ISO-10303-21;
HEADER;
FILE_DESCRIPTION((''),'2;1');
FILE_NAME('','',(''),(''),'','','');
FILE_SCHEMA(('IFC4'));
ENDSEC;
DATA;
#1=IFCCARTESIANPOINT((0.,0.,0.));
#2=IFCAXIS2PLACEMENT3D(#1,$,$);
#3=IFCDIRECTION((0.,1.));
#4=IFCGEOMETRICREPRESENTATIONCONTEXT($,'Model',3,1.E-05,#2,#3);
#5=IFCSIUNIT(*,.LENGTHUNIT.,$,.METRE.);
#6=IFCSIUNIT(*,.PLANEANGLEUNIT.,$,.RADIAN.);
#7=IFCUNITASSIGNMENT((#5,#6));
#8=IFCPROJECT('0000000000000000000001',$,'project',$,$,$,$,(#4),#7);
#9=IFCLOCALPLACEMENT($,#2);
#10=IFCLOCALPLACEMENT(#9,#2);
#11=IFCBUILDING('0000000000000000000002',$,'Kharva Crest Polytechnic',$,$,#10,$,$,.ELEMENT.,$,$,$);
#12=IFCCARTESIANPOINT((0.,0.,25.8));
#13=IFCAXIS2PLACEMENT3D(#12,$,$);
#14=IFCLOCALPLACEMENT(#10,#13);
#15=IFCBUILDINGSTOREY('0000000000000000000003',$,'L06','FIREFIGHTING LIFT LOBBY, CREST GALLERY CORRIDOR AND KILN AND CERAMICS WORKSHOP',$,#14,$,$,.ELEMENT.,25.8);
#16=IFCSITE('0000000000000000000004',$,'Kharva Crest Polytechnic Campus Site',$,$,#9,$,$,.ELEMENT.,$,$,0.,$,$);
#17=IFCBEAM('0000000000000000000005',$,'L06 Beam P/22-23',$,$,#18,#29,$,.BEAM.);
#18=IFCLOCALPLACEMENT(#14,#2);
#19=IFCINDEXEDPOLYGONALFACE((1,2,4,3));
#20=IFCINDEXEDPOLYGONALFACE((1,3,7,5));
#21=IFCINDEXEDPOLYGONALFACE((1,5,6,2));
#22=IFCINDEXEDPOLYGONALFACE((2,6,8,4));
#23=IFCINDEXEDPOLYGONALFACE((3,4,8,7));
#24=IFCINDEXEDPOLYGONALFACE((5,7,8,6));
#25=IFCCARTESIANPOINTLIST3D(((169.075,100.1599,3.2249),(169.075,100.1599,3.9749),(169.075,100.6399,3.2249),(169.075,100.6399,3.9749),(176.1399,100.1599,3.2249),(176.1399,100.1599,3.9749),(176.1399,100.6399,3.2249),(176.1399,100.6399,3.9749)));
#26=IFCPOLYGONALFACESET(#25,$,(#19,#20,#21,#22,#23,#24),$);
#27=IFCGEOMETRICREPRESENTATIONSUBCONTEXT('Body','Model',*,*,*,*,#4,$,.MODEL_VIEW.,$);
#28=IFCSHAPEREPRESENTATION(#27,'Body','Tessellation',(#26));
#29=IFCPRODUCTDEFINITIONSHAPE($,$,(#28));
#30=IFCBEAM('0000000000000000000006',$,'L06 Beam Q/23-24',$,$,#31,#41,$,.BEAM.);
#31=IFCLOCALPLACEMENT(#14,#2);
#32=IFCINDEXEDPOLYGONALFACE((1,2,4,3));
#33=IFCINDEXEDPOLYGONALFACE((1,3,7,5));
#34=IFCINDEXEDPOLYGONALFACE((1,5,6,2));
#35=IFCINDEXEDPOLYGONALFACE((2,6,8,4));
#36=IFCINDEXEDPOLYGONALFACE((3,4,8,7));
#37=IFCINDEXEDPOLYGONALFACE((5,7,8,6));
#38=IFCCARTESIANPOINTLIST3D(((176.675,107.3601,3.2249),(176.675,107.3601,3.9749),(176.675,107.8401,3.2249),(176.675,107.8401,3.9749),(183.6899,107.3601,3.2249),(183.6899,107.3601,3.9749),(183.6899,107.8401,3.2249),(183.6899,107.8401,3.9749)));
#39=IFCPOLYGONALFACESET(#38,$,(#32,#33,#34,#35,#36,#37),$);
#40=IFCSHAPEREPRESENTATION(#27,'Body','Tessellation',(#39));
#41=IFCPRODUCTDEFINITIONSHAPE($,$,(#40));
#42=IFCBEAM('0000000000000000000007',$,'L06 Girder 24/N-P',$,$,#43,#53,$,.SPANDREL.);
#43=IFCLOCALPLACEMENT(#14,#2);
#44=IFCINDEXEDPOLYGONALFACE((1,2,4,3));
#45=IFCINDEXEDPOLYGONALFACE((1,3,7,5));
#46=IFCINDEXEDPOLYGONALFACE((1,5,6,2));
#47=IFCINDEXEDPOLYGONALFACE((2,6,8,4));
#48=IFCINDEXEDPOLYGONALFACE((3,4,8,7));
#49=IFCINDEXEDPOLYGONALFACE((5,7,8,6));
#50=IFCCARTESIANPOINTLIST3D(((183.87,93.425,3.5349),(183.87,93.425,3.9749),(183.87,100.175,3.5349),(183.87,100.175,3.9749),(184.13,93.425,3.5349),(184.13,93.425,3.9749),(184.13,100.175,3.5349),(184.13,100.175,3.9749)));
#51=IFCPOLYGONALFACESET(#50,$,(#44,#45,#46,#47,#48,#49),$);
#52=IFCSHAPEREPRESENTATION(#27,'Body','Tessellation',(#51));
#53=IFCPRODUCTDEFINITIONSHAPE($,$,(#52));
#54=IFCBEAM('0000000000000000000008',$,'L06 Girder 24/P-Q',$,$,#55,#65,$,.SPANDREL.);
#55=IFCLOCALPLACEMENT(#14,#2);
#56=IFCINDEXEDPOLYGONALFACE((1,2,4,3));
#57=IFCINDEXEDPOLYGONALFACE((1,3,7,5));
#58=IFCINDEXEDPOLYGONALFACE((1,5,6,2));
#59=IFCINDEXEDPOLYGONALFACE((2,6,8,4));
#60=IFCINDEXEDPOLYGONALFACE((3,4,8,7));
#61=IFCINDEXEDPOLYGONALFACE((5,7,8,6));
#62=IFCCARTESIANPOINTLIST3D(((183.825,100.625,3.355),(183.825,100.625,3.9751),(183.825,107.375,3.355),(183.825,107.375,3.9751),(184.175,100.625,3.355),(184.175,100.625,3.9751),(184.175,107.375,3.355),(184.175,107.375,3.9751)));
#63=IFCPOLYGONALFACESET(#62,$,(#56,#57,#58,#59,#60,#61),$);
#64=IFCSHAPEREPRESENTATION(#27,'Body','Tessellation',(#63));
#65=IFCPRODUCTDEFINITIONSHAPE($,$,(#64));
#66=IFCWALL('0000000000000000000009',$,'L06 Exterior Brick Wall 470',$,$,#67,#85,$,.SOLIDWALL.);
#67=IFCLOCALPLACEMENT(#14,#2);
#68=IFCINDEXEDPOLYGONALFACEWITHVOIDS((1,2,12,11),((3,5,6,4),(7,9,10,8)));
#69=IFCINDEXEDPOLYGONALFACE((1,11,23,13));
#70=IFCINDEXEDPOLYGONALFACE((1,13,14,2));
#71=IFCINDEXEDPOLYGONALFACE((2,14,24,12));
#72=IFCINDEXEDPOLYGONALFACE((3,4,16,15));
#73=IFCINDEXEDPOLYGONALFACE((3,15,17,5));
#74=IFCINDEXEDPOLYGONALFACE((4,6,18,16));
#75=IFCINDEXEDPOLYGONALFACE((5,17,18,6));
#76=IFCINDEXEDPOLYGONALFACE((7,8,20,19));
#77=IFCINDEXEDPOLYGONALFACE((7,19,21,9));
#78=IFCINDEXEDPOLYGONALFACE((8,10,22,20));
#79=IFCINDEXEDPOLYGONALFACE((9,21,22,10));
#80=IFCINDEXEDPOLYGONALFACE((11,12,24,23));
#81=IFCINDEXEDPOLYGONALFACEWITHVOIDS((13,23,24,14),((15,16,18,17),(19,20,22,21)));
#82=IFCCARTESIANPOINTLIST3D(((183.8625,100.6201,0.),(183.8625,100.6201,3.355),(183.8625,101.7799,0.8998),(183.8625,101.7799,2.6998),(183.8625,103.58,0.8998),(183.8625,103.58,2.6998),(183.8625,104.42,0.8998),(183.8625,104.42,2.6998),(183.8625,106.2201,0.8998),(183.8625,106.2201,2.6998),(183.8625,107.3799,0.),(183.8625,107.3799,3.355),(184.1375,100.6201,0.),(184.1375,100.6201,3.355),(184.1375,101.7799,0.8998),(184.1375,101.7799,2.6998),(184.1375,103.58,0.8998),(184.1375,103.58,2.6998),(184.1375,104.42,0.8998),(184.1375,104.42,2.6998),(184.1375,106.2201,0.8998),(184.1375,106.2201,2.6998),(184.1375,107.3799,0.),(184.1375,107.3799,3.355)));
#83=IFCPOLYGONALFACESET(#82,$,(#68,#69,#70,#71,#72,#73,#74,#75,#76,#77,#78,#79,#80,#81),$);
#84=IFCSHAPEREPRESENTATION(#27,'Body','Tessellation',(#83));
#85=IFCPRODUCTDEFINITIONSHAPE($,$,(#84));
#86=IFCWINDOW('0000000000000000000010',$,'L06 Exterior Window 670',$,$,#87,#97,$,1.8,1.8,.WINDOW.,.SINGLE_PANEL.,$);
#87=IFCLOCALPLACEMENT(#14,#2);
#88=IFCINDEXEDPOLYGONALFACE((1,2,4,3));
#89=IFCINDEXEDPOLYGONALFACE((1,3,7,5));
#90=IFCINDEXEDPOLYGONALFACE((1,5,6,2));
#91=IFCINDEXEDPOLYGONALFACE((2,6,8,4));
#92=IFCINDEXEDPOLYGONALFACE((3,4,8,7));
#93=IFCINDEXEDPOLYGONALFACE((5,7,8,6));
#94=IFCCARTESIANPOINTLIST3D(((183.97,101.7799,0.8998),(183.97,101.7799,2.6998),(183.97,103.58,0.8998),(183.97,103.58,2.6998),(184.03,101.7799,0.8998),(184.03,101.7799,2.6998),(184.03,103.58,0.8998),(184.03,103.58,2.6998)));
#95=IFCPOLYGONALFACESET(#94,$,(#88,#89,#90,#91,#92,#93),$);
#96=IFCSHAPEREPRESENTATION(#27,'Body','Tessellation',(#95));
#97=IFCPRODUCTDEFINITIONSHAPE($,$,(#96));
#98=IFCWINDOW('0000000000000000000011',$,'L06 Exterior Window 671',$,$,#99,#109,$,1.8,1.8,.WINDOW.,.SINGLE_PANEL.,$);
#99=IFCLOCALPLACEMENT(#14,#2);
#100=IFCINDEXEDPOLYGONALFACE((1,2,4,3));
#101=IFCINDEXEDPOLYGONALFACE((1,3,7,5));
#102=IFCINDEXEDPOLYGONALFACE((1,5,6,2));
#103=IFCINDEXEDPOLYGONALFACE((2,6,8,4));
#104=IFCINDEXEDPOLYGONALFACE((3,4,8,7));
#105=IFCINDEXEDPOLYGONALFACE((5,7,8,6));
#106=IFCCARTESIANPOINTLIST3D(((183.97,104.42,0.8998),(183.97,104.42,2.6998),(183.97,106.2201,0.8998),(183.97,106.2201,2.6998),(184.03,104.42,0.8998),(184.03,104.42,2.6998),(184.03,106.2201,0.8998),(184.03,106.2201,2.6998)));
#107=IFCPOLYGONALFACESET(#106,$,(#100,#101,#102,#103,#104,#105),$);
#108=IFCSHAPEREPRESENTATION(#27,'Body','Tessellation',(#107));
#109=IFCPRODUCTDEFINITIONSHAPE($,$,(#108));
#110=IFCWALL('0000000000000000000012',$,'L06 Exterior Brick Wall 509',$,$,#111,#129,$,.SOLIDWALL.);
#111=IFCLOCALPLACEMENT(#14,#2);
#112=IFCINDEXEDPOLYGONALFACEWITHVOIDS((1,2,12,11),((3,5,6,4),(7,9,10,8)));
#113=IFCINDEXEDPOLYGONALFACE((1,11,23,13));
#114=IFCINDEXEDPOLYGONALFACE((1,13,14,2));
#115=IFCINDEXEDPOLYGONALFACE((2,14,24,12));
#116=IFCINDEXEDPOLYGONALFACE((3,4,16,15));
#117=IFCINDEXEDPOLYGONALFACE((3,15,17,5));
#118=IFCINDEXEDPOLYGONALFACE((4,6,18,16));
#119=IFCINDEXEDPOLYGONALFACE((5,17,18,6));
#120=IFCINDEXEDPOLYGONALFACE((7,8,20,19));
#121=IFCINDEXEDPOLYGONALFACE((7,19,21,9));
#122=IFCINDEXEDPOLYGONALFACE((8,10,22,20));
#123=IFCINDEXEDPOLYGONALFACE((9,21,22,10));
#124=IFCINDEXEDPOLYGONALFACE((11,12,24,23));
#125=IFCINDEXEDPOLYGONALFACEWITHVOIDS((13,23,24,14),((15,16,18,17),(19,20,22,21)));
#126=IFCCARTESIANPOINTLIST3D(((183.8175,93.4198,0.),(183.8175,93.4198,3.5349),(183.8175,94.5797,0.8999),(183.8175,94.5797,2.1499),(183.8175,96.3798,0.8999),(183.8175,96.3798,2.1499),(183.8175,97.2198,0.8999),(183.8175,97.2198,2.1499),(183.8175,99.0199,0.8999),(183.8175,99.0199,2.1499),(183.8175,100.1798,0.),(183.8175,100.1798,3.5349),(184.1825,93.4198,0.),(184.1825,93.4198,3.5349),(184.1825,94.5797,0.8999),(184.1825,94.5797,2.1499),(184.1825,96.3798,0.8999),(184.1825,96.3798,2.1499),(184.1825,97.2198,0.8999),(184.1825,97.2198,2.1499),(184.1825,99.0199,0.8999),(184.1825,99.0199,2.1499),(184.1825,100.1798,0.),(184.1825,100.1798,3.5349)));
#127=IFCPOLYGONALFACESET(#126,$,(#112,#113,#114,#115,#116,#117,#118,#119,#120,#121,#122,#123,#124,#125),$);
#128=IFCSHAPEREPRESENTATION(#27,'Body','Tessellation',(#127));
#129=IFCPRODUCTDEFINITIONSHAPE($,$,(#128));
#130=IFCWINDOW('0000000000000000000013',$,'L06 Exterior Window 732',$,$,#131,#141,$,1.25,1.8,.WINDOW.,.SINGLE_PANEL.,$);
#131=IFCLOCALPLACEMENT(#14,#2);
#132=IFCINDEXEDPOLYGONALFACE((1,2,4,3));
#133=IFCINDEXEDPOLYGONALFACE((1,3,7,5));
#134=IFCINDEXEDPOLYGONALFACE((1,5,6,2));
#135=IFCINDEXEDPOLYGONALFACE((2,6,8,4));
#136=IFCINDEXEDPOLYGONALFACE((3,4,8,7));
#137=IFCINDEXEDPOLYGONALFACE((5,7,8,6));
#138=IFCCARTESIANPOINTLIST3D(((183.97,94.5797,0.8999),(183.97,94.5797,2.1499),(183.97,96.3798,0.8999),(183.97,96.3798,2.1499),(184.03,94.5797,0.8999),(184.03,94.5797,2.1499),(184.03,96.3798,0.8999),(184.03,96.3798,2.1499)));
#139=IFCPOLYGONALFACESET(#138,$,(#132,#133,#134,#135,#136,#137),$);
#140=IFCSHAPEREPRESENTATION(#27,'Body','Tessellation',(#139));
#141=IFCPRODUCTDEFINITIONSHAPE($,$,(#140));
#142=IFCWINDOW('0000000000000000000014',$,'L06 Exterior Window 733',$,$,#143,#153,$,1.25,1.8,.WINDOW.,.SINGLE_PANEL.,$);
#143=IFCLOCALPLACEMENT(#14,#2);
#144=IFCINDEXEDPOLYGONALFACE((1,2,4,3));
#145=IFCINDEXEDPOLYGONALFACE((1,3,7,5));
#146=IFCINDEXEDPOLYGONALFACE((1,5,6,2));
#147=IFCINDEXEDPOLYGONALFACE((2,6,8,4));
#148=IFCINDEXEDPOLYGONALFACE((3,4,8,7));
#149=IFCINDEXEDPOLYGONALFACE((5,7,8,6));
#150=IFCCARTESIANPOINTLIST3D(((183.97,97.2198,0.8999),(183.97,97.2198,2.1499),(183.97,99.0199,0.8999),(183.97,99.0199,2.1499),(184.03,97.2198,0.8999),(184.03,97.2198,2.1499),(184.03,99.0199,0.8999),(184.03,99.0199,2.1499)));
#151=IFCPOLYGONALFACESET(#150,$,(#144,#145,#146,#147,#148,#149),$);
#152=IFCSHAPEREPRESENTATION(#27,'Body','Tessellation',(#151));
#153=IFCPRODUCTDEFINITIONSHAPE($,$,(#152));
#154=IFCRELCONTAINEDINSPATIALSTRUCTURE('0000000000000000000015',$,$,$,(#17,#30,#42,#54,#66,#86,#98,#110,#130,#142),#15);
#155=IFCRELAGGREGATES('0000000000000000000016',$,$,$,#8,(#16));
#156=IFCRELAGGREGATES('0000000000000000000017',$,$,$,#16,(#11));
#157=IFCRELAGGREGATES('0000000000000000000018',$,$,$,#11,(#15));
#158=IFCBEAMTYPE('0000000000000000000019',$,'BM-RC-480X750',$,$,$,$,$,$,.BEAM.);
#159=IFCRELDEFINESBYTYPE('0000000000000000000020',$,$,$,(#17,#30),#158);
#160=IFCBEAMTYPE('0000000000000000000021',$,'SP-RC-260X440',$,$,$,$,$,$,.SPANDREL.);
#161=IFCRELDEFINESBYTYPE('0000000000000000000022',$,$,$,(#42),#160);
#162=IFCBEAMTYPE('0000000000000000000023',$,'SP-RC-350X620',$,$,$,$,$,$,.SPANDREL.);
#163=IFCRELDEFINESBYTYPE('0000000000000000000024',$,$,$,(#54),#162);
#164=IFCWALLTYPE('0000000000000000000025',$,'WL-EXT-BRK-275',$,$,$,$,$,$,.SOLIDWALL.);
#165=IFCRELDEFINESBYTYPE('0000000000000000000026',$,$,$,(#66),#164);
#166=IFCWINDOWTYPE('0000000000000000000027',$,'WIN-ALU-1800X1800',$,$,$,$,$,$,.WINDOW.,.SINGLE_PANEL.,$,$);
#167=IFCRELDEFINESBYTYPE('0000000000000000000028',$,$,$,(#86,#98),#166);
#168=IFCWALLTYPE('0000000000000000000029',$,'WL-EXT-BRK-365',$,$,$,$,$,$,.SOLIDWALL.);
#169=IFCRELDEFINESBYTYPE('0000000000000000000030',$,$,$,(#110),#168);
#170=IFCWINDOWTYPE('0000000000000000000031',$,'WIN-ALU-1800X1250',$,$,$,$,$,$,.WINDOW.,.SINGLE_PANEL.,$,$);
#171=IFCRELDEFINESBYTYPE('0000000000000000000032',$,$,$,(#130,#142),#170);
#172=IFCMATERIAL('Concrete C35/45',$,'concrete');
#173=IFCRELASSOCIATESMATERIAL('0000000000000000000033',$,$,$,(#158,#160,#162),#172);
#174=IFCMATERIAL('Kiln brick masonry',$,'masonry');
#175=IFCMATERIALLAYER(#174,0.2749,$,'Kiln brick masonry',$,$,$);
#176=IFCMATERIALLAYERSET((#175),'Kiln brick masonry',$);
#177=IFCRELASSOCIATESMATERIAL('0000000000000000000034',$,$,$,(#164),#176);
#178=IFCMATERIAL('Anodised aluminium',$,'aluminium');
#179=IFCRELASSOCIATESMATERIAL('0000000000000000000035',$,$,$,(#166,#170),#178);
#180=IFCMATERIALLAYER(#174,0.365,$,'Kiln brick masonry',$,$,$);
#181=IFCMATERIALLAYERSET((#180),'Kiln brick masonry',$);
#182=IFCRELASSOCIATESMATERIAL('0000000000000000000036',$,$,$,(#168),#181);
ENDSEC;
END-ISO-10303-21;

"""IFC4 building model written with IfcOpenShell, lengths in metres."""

from ifc_helpers import new_model, si_unit, direction, frame, frame_2d, origin, origin_2d, place, context, subcontext, project, spatial, rectangle, extrude, material, layer, layer_set, material_profile, profile_set, type_object, element, fill, save


model = new_model("IFC4")

# Units and contexts
model_context = context("Model", 3, precision=1e-05, world=origin(), true_north=direction((0.0, 1.0)))
body_context = subcontext(model_context, "Body", "Model", "MODEL_VIEW")
ifc_project = project(units=[si_unit("LENGTHUNIT", "METRE"), si_unit("PLANEANGLEUNIT", "RADIAN")], contexts=[model_context])

# Site, building, storey
site_placement = place(None, origin())
site = spatial("IfcSite", under=ifc_project, at=site_placement, Name="Kharva Crest Polytechnic Campus Site", CompositionType="ELEMENT", RefElevation=0.0)
building_placement = place(site_placement, origin())
building = spatial("IfcBuilding", under=site, at=building_placement, Name="Kharva Crest Polytechnic", CompositionType="ELEMENT")
storey_placement = place(building_placement, frame((0.0, 0.0, 25.8)))
storey = spatial("IfcBuildingStorey", under=building, at=storey_placement, Name="L06", Description="FIREFIGHTING LIFT LOBBY, CREST GALLERY CORRIDOR AND KILN AND CERAMICS WORKSHOP", CompositionType="ELEMENT", Elevation=25.8)

# Beams
ifc_material_1 = material(Name="Concrete C35/45", Category="concrete")
ifc_material_profile_1 = material_profile(ifc_material_1, rectangle(XDim=0.48, YDim=0.75, at=origin_2d()), Name="RECT 480 X 750")
ifc_profile_set_1 = profile_set([ifc_material_profile_1], Name="Concrete C35/45")
beam_type_1 = type_object("IfcBeamType", Name="BM-RC-480X750", PredefinedType="BEAM", material=ifc_profile_set_1)
beam_1_placement = place(storey_placement, frame((169.075, 100.3999, 3.5999), z_axis=(1.0, 0.0, 0.0), x_axis=(0.0, 1.0, 0.0)))
element("IfcBeam", 1, at=beam_1_placement, inside=storey, type_object=beam_type_1, Name="L06 Beam P/22-23", PredefinedType="BEAM", context=body_context, shape_type="SweptSolid", body=[
    extrude(rectangle(XDim=0.48, YDim=0.75, at=origin_2d()), origin(), (0.0, 0.0, 1.0), 7.0649),
])
beam_2_placement = place(storey_placement, frame((176.675, 107.6001, 3.5999), z_axis=(1.0, 0.0, 0.0), x_axis=(0.0, 1.0, 0.0)))
element("IfcBeam", 2, at=beam_2_placement, inside=storey, type_object=beam_type_1, Name="L06 Beam Q/23-24", PredefinedType="BEAM", context=body_context, shape_type="SweptSolid", body=[
    extrude(rectangle(XDim=0.48, YDim=0.75, at=origin_2d()), origin(), (0.0, 0.0, 1.0), 7.0149),
])
ifc_material_profile_2 = material_profile(ifc_material_1, rectangle(XDim=0.26, YDim=0.4399, at=origin_2d()), Name="RECT 260 X 440")
ifc_profile_set_2 = profile_set([ifc_material_profile_2], Name="Concrete C35/45")
beam_type_2 = type_object("IfcBeamType", Name="SP-RC-260X440", PredefinedType="SPANDREL", material=ifc_profile_set_2)
beam_3_placement = place(storey_placement, frame((184.0, 93.425, 3.7549), z_axis=(0.0, 1.0, 0.0), x_axis=(-1.0, 0.0, 0.0)))
element("IfcBeam", 3, at=beam_3_placement, inside=storey, type_object=beam_type_2, Name="L06 Girder 24/N-P", PredefinedType="SPANDREL", context=body_context, shape_type="SweptSolid", body=[
    extrude(rectangle(XDim=0.26, YDim=0.4399, at=origin_2d()), origin(), (0.0, 0.0, 1.0), 6.75),
])
ifc_material_profile_3 = material_profile(ifc_material_1, rectangle(XDim=0.3501, YDim=0.6201, at=origin_2d()), Name="RECT 350 X 620")
ifc_profile_set_3 = profile_set([ifc_material_profile_3], Name="Concrete C35/45")
beam_type_3 = type_object("IfcBeamType", Name="SP-RC-350X620", PredefinedType="SPANDREL", material=ifc_profile_set_3)
beam_4_placement = place(storey_placement, frame((184.0, 100.625, 3.665), z_axis=(0.0, 1.0, 0.0), x_axis=(-1.0, 0.0, 0.0)))
element("IfcBeam", 4, at=beam_4_placement, inside=storey, type_object=beam_type_3, Name="L06 Girder 24/P-Q", PredefinedType="SPANDREL", context=body_context, shape_type="SweptSolid", body=[
    extrude(rectangle(XDim=0.3501, YDim=0.6201, at=origin_2d()), origin(), (0.0, 0.0, 1.0), 6.75),
])

# Walls, openings, windows
ifc_material_2 = material(Name="Kiln brick masonry", Category="masonry")
ifc_layer_1 = layer(ifc_material_2, 0.2749, Name="Kiln brick masonry")
ifc_layer_set_1 = layer_set([ifc_layer_1], Name="Kiln brick masonry")
wall_type_1 = type_object("IfcWallType", Name="WL-EXT-BRK-275", PredefinedType="SOLIDWALL", material=ifc_layer_set_1)
wall_1_placement = place(storey_placement, frame((184.0, 100.6201, 0.0), z_axis=(0.0, 0.0, 1.0), x_axis=(0.0, 1.0, 0.0)))
wall_1 = element("IfcWall", 5, at=wall_1_placement, inside=storey, type_object=wall_type_1, Name="L06 Exterior Brick Wall 470", PredefinedType="SOLIDWALL", context=body_context, shape_type="SweptSolid", body=[
    extrude(rectangle(XDim=6.7598, YDim=0.2749, at=frame_2d((3.3799, 0.0))), origin(), (0.0, 0.0, 1.0), 3.355),
])
opening_1_placement = place(wall_1_placement, frame((1.1599, 0.0, 0.8999)))
opening_1 = element("IfcOpeningElement", 6, at=opening_1_placement, cuts=wall_1, PredefinedType="OPENING", context=body_context, shape_type="SweptSolid", body=[
    extrude(rectangle(XDim=1.8, YDim=1.8, at=frame_2d((0.8999, 0.8999))), frame((0.0, 0.1475, 0.0), z_axis=(0.0, -1.0, 0.0), x_axis=(1.0, 0.0, 0.0)), (0.0, 0.0, 1.0), 0.2949),
])
opening_2_placement = place(wall_1_placement, frame((3.8, 0.0, 0.8999)))
opening_2 = element("IfcOpeningElement", 7, at=opening_2_placement, cuts=wall_1, PredefinedType="OPENING", context=body_context, shape_type="SweptSolid", body=[
    extrude(rectangle(XDim=1.8, YDim=1.8, at=frame_2d((0.8999, 0.8999))), frame((0.0, 0.1475, 0.0), z_axis=(0.0, -1.0, 0.0), x_axis=(1.0, 0.0, 0.0)), (0.0, 0.0, 1.0), 0.2949),
])
ifc_material_3 = material(Name="Anodised aluminium", Category="aluminium")
window_type_1 = type_object("IfcWindowType", Name="WIN-ALU-1800X1800", PartitioningType="SINGLE_PANEL", PredefinedType="WINDOW", material=ifc_material_3)
window_1_placement = place(opening_1_placement, origin())
window_1 = element("IfcWindow", 8, at=window_1_placement, inside=storey, type_object=window_type_1, Name="L06 Exterior Window 670", OverallHeight=1.8, OverallWidth=1.8, PartitioningType="SINGLE_PANEL", PredefinedType="WINDOW", context=body_context, shape_type="SweptSolid", body=[
    extrude(rectangle(XDim=1.8, YDim=1.8, at=frame_2d((0.8999, 0.8999))), frame((0.0, 0.03, 0.0), z_axis=(0.0, -1.0, 0.0), x_axis=(1.0, 0.0, 0.0)), (0.0, 0.0, 1.0), 0.0601),
])
fill(opening_1, window_1)
window_2_placement = place(opening_2_placement, origin())
window_2 = element("IfcWindow", 9, at=window_2_placement, inside=storey, type_object=window_type_1, Name="L06 Exterior Window 671", OverallHeight=1.8, OverallWidth=1.8, PartitioningType="SINGLE_PANEL", PredefinedType="WINDOW", context=body_context, shape_type="SweptSolid", body=[
    extrude(rectangle(XDim=1.8, YDim=1.8, at=frame_2d((0.8999, 0.8999))), frame((0.0, 0.03, 0.0), z_axis=(0.0, -1.0, 0.0), x_axis=(1.0, 0.0, 0.0)), (0.0, 0.0, 1.0), 0.0601),
])
fill(opening_2, window_2)
ifc_layer_2 = layer(ifc_material_2, 0.365, Name="Kiln brick masonry")
ifc_layer_set_2 = layer_set([ifc_layer_2], Name="Kiln brick masonry")
wall_type_2 = type_object("IfcWallType", Name="WL-EXT-BRK-365", PredefinedType="SOLIDWALL", material=ifc_layer_set_2)
wall_2_placement = place(storey_placement, frame((184.0, 93.4199, 0.0), z_axis=(0.0, 0.0, 1.0), x_axis=(0.0, 1.0, 0.0)))
wall_2 = element("IfcWall", 10, at=wall_2_placement, inside=storey, type_object=wall_type_2, Name="L06 Exterior Brick Wall 509", PredefinedType="SOLIDWALL", context=body_context, shape_type="SweptSolid", body=[
    extrude(rectangle(XDim=6.76, YDim=0.365, at=frame_2d((3.3799, 0.0))), origin(), (0.0, 0.0, 1.0), 3.5349),
])
opening_3_placement = place(wall_2_placement, frame((1.1599, 0.0, 0.8999)))
opening_3 = element("IfcOpeningElement", 11, at=opening_3_placement, cuts=wall_2, PredefinedType="OPENING", context=body_context, shape_type="SweptSolid", body=[
    extrude(rectangle(XDim=1.8, YDim=1.25, at=frame_2d((0.8999, 0.625))), frame((0.0, 0.1924, 0.0), z_axis=(0.0, -1.0, 0.0), x_axis=(1.0, 0.0, 0.0)), (0.0, 0.0, 1.0), 0.385),
])
opening_4_placement = place(wall_2_placement, frame((3.8, 0.0, 0.8999)))
opening_4 = element("IfcOpeningElement", 12, at=opening_4_placement, cuts=wall_2, PredefinedType="OPENING", context=body_context, shape_type="SweptSolid", body=[
    extrude(rectangle(XDim=1.8, YDim=1.25, at=frame_2d((0.8999, 0.625))), frame((0.0, 0.1924, 0.0), z_axis=(0.0, -1.0, 0.0), x_axis=(1.0, 0.0, 0.0)), (0.0, 0.0, 1.0), 0.385),
])
window_type_2 = type_object("IfcWindowType", Name="WIN-ALU-1800X1250", PartitioningType="SINGLE_PANEL", PredefinedType="WINDOW", material=ifc_material_3)
window_3_placement = place(opening_3_placement, origin())
window_3 = element("IfcWindow", 13, at=window_3_placement, inside=storey, type_object=window_type_2, Name="L06 Exterior Window 732", OverallHeight=1.25, OverallWidth=1.8, PartitioningType="SINGLE_PANEL", PredefinedType="WINDOW", context=body_context, shape_type="SweptSolid", body=[
    extrude(rectangle(XDim=1.8, YDim=1.25, at=frame_2d((0.8999, 0.625))), frame((0.0, 0.03, 0.0), z_axis=(0.0, -1.0, 0.0), x_axis=(1.0, 0.0, 0.0)), (0.0, 0.0, 1.0), 0.0601),
])
fill(opening_3, window_3)
window_4_placement = place(opening_4_placement, origin())
window_4 = element("IfcWindow", 14, at=window_4_placement, inside=storey, type_object=window_type_2, Name="L06 Exterior Window 733", OverallHeight=1.25, OverallWidth=1.8, PartitioningType="SINGLE_PANEL", PredefinedType="WINDOW", context=body_context, shape_type="SweptSolid", body=[
    extrude(rectangle(XDim=1.8, YDim=1.25, at=frame_2d((0.8999, 0.625))), frame((0.0, 0.03, 0.0), z_axis=(0.0, -1.0, 0.0), x_axis=(1.0, 0.0, 0.0)), (0.0, 0.0, 1.0), 0.0601),
])
fill(opening_4, window_4)

save(model, "model.ifc")
